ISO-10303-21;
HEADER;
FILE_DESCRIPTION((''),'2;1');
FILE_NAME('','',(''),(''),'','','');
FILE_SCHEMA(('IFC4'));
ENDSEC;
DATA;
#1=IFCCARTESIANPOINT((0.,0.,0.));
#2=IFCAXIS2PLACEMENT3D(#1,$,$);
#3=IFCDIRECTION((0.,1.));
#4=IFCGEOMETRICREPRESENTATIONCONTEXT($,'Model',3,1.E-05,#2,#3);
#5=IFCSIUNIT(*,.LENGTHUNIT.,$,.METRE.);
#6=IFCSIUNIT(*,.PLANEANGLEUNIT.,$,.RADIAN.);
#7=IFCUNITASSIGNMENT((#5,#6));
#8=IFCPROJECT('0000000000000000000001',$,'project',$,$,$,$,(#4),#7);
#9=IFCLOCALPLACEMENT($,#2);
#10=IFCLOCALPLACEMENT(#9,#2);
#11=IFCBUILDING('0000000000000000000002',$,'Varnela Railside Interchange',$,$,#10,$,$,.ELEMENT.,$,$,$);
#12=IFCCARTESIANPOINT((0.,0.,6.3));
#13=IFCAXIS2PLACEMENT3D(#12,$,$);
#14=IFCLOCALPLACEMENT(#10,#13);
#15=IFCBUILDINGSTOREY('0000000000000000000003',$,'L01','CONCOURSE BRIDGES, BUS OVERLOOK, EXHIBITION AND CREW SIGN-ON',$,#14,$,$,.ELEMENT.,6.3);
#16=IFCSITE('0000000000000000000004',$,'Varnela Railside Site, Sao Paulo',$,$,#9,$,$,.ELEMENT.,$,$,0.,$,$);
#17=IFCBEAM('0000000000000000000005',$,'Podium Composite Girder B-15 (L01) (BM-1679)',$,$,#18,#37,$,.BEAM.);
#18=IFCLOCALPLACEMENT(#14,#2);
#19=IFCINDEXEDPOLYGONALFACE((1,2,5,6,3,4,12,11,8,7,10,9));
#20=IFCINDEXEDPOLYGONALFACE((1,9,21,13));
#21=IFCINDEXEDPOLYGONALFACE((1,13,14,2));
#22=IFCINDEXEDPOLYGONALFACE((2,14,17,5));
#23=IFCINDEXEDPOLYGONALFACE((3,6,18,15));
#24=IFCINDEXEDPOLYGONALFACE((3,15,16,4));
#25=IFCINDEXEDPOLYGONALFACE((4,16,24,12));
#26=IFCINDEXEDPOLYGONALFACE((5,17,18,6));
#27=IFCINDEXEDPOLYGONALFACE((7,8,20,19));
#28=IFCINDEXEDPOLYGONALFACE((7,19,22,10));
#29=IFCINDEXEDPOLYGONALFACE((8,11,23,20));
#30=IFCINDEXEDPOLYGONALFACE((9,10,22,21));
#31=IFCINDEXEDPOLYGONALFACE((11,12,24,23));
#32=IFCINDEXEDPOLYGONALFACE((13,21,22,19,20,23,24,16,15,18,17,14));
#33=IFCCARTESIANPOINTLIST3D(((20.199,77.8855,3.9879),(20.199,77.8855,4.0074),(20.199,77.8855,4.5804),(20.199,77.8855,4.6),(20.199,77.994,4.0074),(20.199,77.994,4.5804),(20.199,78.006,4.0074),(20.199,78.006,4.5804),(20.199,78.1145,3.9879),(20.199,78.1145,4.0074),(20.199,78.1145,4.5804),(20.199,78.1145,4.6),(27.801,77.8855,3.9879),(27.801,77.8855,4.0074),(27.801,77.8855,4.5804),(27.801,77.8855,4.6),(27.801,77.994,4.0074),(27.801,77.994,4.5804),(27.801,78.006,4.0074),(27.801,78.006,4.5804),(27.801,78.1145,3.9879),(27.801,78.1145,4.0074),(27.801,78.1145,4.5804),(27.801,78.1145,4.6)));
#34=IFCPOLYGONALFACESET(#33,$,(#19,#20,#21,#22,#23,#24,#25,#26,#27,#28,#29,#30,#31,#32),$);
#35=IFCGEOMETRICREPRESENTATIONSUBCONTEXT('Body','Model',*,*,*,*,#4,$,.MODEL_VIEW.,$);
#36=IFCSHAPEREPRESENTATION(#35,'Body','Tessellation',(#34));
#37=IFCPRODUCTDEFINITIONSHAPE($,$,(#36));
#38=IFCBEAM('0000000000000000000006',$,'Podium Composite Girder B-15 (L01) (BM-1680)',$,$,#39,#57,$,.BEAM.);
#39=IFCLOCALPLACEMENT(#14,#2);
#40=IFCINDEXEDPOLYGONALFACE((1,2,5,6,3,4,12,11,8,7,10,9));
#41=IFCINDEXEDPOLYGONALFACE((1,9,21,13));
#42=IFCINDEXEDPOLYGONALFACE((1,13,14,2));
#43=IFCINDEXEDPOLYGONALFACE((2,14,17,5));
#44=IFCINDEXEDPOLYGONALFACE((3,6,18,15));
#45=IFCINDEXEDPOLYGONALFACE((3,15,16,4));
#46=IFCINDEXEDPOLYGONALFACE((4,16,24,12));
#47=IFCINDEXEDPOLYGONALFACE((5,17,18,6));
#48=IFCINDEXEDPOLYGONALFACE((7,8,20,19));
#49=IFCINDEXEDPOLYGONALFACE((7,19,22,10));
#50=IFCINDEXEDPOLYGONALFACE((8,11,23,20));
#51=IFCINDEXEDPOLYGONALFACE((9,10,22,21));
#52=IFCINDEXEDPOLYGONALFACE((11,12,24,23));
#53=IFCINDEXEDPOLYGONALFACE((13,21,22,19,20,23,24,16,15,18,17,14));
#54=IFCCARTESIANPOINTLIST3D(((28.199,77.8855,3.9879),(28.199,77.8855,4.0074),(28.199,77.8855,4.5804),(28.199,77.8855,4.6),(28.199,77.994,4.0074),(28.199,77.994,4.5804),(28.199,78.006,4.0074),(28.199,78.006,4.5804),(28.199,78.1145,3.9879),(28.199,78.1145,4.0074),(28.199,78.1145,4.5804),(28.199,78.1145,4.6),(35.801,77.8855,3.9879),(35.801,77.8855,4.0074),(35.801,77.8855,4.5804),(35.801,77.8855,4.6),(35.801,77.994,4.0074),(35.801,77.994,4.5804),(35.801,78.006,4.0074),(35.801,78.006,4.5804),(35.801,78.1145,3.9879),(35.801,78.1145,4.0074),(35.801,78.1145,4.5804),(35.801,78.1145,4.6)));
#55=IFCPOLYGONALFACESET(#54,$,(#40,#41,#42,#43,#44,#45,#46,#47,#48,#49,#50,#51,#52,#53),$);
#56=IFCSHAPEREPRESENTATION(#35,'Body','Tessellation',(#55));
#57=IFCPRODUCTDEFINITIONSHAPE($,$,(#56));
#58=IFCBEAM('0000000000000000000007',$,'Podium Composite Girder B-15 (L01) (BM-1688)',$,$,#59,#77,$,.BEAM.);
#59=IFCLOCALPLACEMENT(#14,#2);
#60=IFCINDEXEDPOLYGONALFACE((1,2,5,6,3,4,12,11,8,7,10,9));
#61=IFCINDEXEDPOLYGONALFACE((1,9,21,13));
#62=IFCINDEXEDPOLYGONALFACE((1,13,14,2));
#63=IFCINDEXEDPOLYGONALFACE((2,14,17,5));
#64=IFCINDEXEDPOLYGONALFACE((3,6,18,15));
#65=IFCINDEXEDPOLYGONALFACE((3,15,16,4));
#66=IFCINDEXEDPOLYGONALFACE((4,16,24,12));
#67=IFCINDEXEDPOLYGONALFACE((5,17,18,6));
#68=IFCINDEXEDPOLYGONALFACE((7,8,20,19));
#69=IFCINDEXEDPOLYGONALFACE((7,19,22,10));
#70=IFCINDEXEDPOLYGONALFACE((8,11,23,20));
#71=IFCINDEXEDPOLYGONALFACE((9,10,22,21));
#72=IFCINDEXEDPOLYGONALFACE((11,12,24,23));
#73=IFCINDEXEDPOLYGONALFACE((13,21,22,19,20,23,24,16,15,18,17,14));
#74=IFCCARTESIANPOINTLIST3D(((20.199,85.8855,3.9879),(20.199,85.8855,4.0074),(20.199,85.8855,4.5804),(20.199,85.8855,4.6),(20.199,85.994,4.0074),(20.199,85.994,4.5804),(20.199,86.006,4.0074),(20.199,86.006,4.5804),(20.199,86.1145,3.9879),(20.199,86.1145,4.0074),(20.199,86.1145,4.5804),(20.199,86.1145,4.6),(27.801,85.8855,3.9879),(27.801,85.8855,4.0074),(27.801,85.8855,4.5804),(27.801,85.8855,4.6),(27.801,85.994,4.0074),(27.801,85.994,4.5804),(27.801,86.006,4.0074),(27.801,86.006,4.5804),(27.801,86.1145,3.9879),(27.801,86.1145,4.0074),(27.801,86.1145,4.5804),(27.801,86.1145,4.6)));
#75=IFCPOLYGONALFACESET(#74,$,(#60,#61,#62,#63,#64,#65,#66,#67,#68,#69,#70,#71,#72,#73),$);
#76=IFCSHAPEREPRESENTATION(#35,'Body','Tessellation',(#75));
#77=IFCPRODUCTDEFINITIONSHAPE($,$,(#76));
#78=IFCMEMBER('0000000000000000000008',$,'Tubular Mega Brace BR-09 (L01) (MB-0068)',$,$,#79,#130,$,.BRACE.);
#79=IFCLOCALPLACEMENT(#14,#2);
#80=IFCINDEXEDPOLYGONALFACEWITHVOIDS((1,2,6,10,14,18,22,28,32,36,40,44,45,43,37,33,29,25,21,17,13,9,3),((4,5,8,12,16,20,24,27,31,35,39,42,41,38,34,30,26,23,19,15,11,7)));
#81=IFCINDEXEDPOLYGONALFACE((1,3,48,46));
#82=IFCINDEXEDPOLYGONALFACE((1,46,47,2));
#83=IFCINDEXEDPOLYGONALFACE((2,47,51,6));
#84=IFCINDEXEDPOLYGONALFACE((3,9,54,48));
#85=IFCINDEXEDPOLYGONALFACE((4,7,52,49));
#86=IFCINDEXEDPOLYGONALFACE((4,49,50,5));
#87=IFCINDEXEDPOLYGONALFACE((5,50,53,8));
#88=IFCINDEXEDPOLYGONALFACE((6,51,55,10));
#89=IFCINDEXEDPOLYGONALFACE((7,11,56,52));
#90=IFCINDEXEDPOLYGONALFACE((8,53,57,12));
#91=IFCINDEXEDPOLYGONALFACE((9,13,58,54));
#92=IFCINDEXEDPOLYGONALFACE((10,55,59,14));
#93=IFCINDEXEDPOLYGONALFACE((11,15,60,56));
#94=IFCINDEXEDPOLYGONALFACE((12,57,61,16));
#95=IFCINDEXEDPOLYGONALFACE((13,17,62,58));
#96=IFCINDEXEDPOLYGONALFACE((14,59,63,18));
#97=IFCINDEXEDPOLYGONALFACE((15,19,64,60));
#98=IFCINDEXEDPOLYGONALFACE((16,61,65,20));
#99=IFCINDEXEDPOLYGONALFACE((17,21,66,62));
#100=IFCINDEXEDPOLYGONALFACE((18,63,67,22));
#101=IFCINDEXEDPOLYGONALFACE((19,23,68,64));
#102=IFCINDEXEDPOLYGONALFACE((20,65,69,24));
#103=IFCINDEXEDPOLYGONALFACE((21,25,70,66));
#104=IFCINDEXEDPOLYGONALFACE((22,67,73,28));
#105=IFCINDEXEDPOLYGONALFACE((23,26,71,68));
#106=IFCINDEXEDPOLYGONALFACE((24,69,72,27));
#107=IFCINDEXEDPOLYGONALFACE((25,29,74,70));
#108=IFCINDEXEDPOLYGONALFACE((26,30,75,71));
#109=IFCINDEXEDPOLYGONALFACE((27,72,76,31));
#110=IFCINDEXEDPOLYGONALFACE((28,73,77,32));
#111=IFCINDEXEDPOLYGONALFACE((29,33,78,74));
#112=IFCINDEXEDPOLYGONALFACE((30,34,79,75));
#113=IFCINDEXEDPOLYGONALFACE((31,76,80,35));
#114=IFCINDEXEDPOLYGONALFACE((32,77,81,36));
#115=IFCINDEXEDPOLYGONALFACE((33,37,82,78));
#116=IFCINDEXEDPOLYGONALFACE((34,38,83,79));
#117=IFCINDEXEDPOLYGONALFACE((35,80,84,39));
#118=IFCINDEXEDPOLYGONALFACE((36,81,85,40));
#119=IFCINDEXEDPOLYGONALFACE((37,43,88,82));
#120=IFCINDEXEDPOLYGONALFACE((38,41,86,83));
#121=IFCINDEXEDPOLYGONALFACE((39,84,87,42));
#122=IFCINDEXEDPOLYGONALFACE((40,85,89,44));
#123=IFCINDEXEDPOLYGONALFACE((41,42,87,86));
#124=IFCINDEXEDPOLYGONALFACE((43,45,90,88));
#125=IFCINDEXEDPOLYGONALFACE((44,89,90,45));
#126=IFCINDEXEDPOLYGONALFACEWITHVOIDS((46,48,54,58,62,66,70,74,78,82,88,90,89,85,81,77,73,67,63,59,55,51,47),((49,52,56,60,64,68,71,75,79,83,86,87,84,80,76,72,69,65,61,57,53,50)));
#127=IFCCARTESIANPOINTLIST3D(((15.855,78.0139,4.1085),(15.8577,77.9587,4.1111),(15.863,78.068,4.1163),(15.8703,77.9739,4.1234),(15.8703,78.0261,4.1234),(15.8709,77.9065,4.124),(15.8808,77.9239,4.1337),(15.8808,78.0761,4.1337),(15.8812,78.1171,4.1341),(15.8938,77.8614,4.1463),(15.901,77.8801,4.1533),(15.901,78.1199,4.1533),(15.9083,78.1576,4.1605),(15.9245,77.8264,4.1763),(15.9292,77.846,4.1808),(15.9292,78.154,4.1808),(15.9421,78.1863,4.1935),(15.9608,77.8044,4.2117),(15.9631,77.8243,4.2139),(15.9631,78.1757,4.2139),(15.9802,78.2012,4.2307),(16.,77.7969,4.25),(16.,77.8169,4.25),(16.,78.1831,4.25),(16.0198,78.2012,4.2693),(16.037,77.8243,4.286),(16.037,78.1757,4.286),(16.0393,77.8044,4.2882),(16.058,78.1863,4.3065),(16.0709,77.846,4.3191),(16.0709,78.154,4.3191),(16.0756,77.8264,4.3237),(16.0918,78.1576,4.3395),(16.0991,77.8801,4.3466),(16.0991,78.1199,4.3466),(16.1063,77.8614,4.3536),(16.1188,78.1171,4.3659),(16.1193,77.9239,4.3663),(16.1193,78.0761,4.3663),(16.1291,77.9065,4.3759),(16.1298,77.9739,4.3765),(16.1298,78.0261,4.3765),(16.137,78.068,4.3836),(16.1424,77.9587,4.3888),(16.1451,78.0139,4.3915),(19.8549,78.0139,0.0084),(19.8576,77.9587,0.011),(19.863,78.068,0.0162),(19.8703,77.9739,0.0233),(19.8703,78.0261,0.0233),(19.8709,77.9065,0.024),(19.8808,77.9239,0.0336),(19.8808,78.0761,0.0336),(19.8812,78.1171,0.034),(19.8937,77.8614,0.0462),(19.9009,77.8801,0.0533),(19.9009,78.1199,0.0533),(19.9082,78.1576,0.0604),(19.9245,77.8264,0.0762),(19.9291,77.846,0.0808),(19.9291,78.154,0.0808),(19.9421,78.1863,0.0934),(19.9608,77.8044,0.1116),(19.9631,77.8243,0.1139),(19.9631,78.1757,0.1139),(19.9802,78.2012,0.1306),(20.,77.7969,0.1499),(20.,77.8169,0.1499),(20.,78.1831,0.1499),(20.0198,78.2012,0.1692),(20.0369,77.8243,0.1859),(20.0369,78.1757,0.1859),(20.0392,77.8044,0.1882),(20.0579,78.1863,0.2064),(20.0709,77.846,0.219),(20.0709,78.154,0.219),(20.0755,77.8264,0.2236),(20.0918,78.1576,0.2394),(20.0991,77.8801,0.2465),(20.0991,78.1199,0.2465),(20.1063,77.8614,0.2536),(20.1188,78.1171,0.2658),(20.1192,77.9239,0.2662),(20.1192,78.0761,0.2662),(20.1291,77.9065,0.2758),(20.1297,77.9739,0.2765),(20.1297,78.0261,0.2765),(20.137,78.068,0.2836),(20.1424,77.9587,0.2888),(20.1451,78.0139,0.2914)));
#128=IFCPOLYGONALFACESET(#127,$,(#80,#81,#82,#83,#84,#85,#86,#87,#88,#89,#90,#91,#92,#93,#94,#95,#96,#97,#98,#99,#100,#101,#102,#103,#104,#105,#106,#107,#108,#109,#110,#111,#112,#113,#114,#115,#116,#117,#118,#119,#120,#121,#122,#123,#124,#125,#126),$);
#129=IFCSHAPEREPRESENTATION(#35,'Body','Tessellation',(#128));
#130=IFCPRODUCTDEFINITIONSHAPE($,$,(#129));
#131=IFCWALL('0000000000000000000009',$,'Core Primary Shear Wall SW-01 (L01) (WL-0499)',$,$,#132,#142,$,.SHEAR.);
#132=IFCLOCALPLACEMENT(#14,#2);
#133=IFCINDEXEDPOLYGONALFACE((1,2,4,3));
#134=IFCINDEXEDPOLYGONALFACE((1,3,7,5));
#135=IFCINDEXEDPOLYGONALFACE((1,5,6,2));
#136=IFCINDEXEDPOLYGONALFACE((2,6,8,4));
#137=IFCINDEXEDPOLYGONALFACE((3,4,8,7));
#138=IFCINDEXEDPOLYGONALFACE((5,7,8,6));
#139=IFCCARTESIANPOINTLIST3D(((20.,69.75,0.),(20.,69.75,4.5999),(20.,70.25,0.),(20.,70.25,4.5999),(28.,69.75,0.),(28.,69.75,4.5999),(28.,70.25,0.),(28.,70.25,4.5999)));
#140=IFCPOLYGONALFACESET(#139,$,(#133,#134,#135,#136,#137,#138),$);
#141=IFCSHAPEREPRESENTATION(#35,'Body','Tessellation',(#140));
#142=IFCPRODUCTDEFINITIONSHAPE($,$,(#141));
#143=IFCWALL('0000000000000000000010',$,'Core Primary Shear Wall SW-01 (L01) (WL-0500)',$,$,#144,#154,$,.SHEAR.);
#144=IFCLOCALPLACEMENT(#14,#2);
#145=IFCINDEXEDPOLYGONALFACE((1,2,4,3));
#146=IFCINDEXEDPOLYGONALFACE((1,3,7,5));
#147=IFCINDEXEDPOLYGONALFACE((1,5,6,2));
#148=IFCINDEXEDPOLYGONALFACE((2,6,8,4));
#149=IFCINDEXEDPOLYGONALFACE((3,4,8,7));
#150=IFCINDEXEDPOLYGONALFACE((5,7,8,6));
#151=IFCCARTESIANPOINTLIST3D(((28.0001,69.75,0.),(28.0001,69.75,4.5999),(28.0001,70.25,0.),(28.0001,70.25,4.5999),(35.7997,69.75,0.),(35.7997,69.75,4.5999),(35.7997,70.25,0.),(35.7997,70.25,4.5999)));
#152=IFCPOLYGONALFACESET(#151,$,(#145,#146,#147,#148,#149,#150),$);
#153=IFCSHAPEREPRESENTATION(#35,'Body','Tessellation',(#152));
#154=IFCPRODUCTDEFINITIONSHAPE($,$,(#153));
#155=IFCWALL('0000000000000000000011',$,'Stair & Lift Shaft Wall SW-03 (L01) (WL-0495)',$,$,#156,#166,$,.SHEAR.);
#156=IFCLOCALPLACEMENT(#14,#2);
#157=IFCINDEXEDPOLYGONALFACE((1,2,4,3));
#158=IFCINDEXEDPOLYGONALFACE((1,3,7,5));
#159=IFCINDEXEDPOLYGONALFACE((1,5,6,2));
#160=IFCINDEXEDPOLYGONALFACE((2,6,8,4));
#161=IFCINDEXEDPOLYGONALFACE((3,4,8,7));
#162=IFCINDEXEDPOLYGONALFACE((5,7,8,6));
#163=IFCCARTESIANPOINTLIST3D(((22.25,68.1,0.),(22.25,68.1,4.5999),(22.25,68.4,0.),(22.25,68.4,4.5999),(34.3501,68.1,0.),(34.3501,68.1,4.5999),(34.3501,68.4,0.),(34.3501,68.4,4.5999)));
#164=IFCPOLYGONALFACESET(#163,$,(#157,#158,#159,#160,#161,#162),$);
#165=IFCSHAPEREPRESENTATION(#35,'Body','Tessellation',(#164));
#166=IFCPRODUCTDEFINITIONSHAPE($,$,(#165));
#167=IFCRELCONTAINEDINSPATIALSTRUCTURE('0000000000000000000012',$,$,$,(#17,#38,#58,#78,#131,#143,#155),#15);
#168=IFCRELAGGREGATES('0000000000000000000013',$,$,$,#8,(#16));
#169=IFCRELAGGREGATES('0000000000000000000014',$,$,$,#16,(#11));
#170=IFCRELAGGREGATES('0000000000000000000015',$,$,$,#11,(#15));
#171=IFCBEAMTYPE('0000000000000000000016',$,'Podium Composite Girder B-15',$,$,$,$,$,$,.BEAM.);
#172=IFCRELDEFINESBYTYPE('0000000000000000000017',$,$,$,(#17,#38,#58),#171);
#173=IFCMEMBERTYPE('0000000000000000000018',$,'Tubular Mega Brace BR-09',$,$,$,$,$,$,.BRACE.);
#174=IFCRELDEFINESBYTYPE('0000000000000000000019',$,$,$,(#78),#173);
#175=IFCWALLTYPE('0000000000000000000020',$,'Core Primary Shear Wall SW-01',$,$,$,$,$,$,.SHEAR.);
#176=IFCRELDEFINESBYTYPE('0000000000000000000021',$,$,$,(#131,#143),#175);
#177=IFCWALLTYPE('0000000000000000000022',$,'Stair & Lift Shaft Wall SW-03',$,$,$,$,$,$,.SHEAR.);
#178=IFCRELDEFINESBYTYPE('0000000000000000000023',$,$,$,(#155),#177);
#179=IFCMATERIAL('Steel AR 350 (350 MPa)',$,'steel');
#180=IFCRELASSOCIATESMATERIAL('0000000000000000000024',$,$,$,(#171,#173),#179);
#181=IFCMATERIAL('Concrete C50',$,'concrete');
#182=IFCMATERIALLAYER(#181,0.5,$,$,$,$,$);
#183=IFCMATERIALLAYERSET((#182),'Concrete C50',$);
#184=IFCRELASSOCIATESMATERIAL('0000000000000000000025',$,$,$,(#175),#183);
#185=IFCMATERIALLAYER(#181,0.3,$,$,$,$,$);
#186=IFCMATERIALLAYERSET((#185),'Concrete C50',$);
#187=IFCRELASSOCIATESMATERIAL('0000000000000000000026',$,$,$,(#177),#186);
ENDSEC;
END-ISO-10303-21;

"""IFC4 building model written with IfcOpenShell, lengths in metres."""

from ifc_helpers import new_model, si_unit, direction, frame, frame_2d, origin, origin_2d, place, context, subcontext, project, spatial, rectangle, hollow_circle, i_section, extrude, material, layer, layer_set, material_profile, profile_set, type_object, element, save


model = new_model("IFC4")

# Units and contexts
model_context = context("Model", 3, precision=1e-05, world=origin(), true_north=direction((0.0, 1.0)))
body_context = subcontext(model_context, "Body", "Model", "MODEL_VIEW")
ifc_project = project(units=[si_unit("LENGTHUNIT", "METRE"), si_unit("PLANEANGLEUNIT", "RADIAN")], contexts=[model_context])

# Site, building, storey
site_placement = place(None, origin())
site = spatial("IfcSite", under=ifc_project, at=site_placement, Name="Varnela Railside Site, Sao Paulo", CompositionType="ELEMENT", RefElevation=0.0)
building_placement = place(site_placement, origin())
building = spatial("IfcBuilding", under=site, at=building_placement, Name="Varnela Railside Interchange", CompositionType="ELEMENT")
storey_placement = place(building_placement, frame((0.0, 0.0, 6.3)))
storey = spatial("IfcBuildingStorey", under=building, at=storey_placement, Name="L01", Description="CONCOURSE BRIDGES, BUS OVERLOOK, EXHIBITION AND CREW SIGN-ON", CompositionType="ELEMENT", Elevation=6.3)

# Shared definitions
ifc_material_1 = material(Name="Steel AR 350 (350 MPa)", Category="steel")

# Beams
ifc_material_profile_1 = material_profile(ifc_material_1, i_section(OverallWidth=0.229, OverallDepth=0.6121, WebThickness=0.012, FlangeThickness=0.0195, at=origin_2d()), Name="W610x125")
ifc_profile_set_1 = profile_set([ifc_material_profile_1], Name="Steel AR 350 (350 MPa)")
beam_type_1 = type_object("IfcBeamType", Name="Podium Composite Girder B-15", PredefinedType="BEAM", material=ifc_profile_set_1)
for number, where, z_axis, x_axis, name in (
    (1, (20.199, 78.0, 4.2939), (1.0, 0.0, 0.0), (0.0, 1.0, 0.0), "Podium Composite Girder B-15 (L01) (BM-1679)"),
    (2, (28.199, 78.0, 4.2939), (1.0, 0.0, 0.0), (0.0, 1.0, 0.0), "Podium Composite Girder B-15 (L01) (BM-1680)"),
    (3, (20.199, 86.0, 4.2939), (1.0, 0.0, 0.0), (0.0, 1.0, 0.0), "Podium Composite Girder B-15 (L01) (BM-1688)"),
):
    element("IfcBeam", number, at=place(storey_placement, frame(where, z_axis=z_axis, x_axis=x_axis)), inside=storey, type_object=beam_type_1, Name=name, PredefinedType="BEAM", context=body_context, shape_type="SweptSolid", body=[
        extrude(i_section(OverallWidth=0.229, OverallDepth=0.6121, WebThickness=0.012, FlangeThickness=0.0195, at=origin_2d()), origin(), (0.0, 0.0, 1.0), 7.6021),
    ])

# Member
ifc_material_profile_2 = material_profile(ifc_material_1, hollow_circle(Radius=0.2031, WallThickness=0.02, at=origin_2d()), Name="CHS 406.4x20")
ifc_profile_set_2 = profile_set([ifc_material_profile_2], Name="Steel AR 350 (350 MPa)")
member_type_1 = type_object("IfcMemberType", Name="Tubular Mega Brace BR-09", PredefinedType="BRACE", material=ifc_profile_set_2)
member_1_placement = place(storey_placement, frame((20.0, 78.0, 0.1499), z_axis=(-0.698315, 0.0, 0.71579), x_axis=(0.0, -1.0, 0.0)))
element("IfcMember", 4, at=member_1_placement, inside=storey, type_object=member_type_1, Name="Tubular Mega Brace BR-09 (L01) (MB-0068)", PredefinedType="BRACE", context=body_context, shape_type="SweptSolid", body=[
    extrude(hollow_circle(Radius=0.2031, WallThickness=0.02, at=origin_2d()), origin(), (0.0, 0.0, 1.0), 5.728),
])

# Walls
ifc_material_2 = material(Name="Concrete C50", Category="concrete")
ifc_layer_1 = layer(ifc_material_2, 0.5)
ifc_layer_set_1 = layer_set([ifc_layer_1], Name="Concrete C50")
wall_type_1 = type_object("IfcWallType", Name="Core Primary Shear Wall SW-01", PredefinedType="SHEAR", material=ifc_layer_set_1)
wall_1_placement = place(storey_placement, frame((20.0, 70.0, 0.0), z_axis=(0.0, 0.0, 1.0), x_axis=(1.0, 0.0, 0.0)))
element("IfcWall", 5, at=wall_1_placement, inside=storey, type_object=wall_type_1, Name="Core Primary Shear Wall SW-01 (L01) (WL-0499)", PredefinedType="SHEAR", context=body_context, shape_type="SweptSolid", body=[
    extrude(rectangle(XDim=8.0, YDim=0.5, at=frame_2d((4.0, 0.0))), origin(), (0.0, 0.0, 1.0), 4.5999),
])
wall_2_placement = place(storey_placement, frame((28.0, 70.0, 0.0), z_axis=(0.0, 0.0, 1.0), x_axis=(1.0, 0.0, 0.0)))
element("IfcWall", 6, at=wall_2_placement, inside=storey, type_object=wall_type_1, Name="Core Primary Shear Wall SW-01 (L01) (WL-0500)", PredefinedType="SHEAR", context=body_context, shape_type="SweptSolid", body=[
    extrude(rectangle(XDim=7.7996, YDim=0.5, at=frame_2d((3.8999, 0.0))), origin(), (0.0, 0.0, 1.0), 4.5999),
])
ifc_layer_2 = layer(ifc_material_2, 0.3)
ifc_layer_set_2 = layer_set([ifc_layer_2], Name="Concrete C50")
wall_type_2 = type_object("IfcWallType", Name="Stair & Lift Shaft Wall SW-03", PredefinedType="SHEAR", material=ifc_layer_set_2)
wall_3_placement = place(storey_placement, frame((22.25, 68.25, 0.0), z_axis=(0.0, 0.0, 1.0), x_axis=(1.0, 0.0, 0.0)))
element("IfcWall", 7, at=wall_3_placement, inside=storey, type_object=wall_type_2, Name="Stair & Lift Shaft Wall SW-03 (L01) (WL-0495)", PredefinedType="SHEAR", context=body_context, shape_type="SweptSolid", body=[
    extrude(rectangle(XDim=12.1001, YDim=0.3, at=frame_2d((6.05, 0.0))), origin(), (0.0, 0.0, 1.0), 4.5999),
])

save(model, "model.ifc")
